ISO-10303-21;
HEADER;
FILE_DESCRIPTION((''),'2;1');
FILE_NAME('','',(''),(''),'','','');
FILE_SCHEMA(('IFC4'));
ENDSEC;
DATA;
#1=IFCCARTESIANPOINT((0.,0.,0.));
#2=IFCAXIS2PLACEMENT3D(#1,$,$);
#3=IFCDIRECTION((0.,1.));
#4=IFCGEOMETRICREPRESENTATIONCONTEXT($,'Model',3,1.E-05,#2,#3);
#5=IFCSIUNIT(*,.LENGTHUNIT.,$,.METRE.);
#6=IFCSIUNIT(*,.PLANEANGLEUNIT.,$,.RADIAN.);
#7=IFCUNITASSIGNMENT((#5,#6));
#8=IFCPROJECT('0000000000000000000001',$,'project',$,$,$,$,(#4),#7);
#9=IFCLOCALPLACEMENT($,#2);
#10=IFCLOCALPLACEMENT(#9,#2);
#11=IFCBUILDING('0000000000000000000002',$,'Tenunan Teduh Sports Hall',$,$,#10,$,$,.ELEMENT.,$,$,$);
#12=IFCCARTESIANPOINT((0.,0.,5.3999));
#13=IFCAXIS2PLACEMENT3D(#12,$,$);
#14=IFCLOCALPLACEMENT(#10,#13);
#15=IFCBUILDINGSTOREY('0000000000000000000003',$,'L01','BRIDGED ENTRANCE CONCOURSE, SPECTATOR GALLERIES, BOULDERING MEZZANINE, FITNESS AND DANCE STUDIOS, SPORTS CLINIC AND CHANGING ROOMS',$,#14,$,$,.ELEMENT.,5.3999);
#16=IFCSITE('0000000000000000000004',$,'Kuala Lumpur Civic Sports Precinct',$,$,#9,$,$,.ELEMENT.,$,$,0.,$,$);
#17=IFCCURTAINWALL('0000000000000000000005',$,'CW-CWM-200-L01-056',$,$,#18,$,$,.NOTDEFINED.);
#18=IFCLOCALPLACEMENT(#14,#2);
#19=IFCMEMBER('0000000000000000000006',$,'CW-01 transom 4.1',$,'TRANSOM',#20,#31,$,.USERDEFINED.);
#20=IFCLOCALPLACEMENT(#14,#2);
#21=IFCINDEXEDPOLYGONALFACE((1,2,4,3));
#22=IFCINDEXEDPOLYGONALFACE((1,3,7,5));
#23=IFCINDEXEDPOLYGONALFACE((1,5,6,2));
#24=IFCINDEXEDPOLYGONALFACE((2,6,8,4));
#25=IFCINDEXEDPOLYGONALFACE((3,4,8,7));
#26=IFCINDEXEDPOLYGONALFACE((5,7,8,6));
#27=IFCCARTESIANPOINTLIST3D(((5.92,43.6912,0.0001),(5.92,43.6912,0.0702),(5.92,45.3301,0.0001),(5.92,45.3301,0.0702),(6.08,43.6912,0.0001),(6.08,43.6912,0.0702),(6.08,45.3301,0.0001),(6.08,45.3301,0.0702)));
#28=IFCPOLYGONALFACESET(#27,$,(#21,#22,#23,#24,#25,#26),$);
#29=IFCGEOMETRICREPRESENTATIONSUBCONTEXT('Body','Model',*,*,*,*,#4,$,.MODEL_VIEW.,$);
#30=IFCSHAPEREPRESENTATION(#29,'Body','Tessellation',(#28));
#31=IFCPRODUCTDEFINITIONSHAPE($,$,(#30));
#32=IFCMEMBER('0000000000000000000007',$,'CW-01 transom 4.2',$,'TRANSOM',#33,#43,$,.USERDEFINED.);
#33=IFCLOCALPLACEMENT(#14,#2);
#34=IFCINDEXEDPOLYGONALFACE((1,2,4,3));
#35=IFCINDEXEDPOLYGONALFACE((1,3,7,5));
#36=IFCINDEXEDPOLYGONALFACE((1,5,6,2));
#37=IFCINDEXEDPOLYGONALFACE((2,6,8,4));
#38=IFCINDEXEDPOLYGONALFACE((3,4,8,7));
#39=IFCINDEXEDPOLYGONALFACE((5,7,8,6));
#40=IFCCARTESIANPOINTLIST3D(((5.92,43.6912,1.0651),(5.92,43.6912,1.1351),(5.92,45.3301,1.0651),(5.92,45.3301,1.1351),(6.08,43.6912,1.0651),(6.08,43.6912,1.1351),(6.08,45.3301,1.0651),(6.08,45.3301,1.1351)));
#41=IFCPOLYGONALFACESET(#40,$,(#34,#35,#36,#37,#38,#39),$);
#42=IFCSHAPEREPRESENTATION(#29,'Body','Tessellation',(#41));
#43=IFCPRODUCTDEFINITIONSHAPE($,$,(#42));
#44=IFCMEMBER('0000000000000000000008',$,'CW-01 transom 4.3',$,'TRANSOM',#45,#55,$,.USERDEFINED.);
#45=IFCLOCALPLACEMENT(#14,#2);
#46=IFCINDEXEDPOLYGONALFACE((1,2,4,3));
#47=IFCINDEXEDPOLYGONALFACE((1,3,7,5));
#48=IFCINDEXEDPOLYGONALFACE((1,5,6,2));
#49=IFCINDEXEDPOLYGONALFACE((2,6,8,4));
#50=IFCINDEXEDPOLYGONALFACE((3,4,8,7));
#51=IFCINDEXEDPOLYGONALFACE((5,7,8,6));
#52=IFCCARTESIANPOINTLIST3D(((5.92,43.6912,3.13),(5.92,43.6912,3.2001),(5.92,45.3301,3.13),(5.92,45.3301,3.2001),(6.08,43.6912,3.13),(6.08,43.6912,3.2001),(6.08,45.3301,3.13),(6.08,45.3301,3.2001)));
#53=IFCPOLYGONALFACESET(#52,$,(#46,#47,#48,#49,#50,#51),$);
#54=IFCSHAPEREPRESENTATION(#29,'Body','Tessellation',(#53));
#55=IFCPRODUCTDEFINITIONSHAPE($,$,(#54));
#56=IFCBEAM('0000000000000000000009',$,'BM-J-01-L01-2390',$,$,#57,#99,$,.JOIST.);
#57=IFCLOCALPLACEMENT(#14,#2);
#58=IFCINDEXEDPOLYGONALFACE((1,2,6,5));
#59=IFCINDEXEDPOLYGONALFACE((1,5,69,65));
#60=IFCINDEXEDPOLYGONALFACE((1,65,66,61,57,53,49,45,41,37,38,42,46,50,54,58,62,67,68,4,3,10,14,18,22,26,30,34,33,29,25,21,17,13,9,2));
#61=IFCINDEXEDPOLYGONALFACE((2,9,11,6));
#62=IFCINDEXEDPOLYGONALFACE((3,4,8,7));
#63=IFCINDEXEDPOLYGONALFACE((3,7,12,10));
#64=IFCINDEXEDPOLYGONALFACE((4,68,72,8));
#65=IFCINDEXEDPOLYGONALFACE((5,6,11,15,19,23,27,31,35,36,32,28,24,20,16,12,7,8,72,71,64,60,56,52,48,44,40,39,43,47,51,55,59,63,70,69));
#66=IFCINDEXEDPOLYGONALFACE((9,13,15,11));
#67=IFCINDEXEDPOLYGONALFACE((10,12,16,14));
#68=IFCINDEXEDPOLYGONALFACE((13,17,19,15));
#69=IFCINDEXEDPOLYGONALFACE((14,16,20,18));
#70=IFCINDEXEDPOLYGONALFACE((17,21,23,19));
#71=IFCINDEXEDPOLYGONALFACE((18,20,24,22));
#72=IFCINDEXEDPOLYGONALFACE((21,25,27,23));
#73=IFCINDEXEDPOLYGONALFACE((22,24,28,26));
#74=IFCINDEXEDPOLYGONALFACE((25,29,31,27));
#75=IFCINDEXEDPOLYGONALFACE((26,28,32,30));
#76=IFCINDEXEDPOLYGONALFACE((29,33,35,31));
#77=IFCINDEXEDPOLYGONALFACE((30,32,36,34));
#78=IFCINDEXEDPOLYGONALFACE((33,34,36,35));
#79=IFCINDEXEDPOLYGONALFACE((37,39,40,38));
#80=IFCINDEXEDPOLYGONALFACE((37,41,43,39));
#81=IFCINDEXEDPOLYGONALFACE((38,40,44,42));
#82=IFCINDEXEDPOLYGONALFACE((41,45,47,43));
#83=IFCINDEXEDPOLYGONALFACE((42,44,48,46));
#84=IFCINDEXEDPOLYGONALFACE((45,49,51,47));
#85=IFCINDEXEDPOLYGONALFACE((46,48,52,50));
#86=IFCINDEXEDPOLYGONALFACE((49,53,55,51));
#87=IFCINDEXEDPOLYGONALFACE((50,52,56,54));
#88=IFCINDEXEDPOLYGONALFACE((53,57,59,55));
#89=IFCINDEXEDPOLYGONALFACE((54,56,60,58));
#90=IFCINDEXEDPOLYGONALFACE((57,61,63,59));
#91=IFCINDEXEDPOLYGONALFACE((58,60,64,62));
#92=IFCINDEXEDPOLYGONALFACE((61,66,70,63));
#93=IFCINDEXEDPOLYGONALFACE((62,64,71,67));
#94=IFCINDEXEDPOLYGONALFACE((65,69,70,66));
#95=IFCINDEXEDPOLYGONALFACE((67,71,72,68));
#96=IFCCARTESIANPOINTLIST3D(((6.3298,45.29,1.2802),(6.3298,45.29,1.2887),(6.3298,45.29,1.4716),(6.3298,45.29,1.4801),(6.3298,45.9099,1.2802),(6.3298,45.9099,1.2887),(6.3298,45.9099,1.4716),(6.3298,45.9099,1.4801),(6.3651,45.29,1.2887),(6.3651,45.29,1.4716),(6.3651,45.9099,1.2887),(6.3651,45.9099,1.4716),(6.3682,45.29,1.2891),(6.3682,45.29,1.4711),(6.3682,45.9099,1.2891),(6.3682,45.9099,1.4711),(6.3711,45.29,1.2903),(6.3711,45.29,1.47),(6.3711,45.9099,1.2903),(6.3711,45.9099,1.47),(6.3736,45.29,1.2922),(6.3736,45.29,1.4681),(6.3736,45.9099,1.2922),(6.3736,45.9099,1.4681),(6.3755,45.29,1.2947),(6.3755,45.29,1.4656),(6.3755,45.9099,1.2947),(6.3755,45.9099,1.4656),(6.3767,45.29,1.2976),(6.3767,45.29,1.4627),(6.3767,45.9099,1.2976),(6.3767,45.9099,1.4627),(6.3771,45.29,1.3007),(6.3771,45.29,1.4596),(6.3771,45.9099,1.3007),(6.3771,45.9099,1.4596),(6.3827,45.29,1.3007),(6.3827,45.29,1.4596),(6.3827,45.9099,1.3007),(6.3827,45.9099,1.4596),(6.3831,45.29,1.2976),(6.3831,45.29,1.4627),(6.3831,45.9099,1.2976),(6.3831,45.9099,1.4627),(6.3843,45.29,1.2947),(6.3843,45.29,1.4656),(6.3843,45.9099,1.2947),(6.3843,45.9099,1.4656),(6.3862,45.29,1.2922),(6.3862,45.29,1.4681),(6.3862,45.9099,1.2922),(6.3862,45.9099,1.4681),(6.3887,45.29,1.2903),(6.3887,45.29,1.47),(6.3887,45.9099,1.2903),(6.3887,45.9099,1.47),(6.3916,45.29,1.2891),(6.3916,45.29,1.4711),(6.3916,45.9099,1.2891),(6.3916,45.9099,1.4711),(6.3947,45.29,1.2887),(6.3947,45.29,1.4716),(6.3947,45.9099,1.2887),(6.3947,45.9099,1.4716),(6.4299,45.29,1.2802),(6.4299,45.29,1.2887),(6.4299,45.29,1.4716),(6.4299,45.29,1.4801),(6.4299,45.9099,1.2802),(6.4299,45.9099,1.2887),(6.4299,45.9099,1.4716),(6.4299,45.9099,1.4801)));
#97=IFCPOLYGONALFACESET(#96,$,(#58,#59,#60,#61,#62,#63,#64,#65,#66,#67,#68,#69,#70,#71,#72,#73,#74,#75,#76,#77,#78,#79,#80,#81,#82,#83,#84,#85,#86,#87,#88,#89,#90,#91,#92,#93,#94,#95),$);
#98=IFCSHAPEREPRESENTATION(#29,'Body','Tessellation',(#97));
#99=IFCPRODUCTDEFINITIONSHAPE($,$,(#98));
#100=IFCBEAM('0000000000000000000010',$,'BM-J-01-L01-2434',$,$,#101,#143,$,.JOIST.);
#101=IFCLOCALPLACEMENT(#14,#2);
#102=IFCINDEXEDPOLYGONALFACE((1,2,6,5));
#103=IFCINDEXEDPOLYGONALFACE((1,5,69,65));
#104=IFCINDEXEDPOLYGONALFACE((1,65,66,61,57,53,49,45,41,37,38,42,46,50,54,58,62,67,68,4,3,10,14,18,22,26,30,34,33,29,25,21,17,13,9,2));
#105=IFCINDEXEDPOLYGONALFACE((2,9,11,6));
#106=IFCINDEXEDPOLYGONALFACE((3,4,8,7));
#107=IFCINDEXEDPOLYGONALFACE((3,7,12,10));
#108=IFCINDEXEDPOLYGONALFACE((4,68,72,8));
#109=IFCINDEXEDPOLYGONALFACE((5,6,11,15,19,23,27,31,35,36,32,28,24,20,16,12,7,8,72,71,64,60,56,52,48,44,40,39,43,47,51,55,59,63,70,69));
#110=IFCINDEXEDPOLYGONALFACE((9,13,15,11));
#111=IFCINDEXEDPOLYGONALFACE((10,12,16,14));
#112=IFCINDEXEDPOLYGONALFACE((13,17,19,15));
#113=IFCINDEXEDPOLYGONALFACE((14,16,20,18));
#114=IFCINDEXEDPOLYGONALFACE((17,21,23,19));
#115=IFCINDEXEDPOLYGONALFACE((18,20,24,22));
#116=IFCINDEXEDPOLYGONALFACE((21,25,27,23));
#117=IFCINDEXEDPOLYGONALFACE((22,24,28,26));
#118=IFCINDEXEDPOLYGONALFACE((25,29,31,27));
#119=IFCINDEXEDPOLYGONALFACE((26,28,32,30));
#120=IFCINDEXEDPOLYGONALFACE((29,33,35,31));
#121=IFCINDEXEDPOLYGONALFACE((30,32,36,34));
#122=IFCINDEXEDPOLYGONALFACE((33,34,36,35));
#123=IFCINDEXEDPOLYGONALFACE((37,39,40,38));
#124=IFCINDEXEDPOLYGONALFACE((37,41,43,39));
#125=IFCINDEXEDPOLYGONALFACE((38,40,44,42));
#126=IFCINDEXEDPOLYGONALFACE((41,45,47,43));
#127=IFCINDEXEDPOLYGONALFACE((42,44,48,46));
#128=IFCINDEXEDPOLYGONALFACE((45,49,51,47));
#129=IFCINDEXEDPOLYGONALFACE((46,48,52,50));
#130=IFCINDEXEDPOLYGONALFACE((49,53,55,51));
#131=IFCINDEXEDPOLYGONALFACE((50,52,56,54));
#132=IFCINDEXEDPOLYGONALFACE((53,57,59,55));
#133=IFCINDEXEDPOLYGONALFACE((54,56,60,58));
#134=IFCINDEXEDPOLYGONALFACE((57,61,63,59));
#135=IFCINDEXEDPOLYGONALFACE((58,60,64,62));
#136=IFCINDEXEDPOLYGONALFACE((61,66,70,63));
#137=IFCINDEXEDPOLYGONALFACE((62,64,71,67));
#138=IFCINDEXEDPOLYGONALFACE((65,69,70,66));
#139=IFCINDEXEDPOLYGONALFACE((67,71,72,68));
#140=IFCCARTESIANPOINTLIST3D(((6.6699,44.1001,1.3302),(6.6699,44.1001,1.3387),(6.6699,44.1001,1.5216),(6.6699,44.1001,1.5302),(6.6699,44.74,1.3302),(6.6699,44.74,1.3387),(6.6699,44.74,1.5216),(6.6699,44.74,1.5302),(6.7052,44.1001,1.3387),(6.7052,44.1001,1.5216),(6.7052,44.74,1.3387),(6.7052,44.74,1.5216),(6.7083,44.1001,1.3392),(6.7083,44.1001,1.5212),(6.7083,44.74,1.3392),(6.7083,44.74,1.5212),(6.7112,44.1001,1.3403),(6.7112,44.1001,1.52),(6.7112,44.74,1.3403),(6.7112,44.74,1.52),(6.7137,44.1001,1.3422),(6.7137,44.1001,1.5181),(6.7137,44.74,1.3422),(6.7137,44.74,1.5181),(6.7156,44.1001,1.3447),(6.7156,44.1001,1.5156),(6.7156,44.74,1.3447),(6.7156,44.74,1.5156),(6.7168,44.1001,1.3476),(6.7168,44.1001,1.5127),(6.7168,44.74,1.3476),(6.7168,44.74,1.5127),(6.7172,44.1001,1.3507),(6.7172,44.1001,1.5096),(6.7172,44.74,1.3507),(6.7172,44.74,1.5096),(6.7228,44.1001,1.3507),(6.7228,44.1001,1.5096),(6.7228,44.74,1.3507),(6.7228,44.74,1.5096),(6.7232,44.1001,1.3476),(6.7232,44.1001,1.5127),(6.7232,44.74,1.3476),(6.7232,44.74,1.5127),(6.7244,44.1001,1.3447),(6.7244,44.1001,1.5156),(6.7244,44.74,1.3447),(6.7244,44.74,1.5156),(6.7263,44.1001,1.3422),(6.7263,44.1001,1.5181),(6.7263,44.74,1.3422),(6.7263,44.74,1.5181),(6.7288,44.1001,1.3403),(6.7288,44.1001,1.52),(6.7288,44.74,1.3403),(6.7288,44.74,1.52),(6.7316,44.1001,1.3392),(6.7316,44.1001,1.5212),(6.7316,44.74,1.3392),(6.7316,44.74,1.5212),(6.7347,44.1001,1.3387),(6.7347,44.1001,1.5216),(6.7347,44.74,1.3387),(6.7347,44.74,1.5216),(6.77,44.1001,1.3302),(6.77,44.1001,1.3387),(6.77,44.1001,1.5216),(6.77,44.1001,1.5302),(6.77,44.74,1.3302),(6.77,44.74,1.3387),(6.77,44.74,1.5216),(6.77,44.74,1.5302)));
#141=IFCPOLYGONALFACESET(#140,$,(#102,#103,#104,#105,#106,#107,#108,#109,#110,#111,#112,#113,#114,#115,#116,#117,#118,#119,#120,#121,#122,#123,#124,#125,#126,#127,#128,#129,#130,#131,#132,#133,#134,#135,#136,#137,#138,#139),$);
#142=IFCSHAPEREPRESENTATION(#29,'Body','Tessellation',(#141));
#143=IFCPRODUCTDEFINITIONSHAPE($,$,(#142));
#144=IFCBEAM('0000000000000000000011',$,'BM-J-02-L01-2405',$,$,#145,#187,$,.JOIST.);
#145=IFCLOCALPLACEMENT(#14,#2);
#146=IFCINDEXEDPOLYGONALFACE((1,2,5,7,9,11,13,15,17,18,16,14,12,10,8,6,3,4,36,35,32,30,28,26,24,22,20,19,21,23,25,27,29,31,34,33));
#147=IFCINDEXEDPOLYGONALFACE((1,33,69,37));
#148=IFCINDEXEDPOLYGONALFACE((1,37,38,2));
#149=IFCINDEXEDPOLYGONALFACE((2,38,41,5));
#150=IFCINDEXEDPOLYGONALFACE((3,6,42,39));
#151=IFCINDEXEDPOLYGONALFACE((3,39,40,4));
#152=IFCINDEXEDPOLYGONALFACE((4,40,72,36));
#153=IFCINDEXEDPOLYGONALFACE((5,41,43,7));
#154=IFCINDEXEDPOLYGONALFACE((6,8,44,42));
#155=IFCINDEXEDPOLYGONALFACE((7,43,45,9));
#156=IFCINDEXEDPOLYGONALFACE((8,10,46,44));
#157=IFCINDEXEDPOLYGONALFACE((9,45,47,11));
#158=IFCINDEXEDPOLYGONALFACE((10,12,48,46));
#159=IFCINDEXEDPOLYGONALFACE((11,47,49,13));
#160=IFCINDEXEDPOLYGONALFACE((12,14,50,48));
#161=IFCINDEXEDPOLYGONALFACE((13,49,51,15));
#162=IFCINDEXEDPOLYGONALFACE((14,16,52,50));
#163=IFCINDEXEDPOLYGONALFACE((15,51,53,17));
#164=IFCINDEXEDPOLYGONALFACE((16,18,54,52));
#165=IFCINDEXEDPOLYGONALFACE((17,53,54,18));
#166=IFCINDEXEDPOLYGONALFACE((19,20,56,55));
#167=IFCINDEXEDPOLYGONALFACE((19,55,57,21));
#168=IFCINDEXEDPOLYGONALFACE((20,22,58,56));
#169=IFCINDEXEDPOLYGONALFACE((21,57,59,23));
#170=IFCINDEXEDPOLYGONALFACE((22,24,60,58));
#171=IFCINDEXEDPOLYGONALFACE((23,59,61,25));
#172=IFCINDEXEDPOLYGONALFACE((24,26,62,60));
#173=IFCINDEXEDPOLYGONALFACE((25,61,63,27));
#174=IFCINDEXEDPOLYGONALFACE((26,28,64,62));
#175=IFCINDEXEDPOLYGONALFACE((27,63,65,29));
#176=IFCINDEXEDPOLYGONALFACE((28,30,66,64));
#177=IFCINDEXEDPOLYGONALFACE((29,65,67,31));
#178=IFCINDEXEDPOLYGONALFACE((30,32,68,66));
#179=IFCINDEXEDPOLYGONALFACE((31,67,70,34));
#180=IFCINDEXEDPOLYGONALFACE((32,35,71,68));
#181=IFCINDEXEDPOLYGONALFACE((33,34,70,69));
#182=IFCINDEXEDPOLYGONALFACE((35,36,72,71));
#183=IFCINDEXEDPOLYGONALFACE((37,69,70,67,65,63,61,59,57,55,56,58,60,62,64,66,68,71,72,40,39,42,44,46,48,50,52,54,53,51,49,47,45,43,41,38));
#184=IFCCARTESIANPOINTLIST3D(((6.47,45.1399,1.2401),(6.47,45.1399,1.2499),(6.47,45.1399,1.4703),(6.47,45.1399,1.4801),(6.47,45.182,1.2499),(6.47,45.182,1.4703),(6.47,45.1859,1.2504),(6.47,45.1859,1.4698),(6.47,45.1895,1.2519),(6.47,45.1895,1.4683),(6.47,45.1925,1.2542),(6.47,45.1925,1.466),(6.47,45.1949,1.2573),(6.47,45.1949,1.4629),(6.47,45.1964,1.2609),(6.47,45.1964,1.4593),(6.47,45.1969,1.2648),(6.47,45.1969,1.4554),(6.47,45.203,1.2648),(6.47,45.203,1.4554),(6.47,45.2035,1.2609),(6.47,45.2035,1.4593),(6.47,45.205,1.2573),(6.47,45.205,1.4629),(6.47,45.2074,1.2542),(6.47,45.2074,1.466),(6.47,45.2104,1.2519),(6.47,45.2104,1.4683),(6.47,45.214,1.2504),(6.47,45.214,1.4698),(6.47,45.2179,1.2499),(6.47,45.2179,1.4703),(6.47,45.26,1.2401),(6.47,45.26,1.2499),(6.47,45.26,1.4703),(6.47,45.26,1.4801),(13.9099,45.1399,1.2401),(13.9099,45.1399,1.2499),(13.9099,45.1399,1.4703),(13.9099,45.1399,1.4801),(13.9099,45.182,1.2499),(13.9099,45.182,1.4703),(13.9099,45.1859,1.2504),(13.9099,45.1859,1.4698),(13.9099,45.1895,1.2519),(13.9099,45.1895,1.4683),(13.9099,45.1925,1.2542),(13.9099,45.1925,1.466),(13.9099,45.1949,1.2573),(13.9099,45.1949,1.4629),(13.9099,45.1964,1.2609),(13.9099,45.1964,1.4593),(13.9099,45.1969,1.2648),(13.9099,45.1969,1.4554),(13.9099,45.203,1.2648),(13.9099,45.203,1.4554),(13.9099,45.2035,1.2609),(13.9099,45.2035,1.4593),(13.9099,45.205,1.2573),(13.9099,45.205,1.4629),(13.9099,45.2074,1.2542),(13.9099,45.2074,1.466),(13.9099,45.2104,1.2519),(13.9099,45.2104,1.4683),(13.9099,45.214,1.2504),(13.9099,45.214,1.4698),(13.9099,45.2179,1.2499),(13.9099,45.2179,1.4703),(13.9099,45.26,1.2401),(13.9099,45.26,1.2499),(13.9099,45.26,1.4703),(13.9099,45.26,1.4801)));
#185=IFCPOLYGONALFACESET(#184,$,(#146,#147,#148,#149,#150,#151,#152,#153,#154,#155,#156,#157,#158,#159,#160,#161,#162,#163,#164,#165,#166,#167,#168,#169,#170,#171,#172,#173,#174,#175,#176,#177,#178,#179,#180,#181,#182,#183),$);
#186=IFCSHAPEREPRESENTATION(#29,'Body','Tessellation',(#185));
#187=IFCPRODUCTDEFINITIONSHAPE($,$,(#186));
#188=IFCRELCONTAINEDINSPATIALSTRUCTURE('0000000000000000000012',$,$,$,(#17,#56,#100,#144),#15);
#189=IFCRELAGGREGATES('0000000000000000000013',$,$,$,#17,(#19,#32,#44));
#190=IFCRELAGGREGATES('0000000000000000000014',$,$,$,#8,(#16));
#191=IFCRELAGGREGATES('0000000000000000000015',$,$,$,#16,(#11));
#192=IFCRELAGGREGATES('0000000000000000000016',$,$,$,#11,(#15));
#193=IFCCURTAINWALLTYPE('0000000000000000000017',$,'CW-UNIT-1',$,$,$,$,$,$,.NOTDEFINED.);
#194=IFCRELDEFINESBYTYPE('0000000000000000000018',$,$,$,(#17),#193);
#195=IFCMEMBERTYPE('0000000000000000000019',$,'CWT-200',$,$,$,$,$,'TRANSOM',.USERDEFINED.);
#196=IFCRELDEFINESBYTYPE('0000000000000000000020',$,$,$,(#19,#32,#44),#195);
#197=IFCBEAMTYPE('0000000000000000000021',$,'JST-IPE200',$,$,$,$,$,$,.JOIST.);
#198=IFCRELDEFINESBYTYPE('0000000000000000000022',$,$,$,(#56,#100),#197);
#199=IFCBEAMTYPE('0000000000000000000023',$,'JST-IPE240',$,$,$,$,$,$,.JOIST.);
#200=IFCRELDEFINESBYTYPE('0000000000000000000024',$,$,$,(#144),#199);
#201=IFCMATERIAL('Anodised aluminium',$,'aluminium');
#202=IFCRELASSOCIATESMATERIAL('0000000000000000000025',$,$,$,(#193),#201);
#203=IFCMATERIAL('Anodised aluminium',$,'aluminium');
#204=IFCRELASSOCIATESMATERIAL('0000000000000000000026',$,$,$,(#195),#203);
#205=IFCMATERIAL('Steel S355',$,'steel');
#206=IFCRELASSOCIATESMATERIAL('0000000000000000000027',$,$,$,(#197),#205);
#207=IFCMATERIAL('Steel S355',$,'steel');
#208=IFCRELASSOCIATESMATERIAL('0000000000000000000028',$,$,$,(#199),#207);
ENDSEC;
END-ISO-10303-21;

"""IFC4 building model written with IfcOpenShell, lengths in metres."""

from ifc_helpers import new_model, si_unit, direction, frame, origin, origin_2d, place, context, subcontext, project, spatial, rectangle, i_section, extrude, material, material_profile, profile_set, type_object, element, aggregate, save


model = new_model("IFC4")

# Units and contexts
model_context = context("Model", 3, precision=1e-05, world=origin(), true_north=direction((0.0, 1.0)))
body_context = subcontext(model_context, "Body", "Model", "MODEL_VIEW")
ifc_project = project(units=[si_unit("LENGTHUNIT", "METRE"), si_unit("PLANEANGLEUNIT", "RADIAN")], contexts=[model_context])

# Site, building, storey
site_placement = place(None, origin())
site = spatial("IfcSite", under=ifc_project, at=site_placement, Name="Kuala Lumpur Civic Sports Precinct", CompositionType="ELEMENT", RefElevation=0.0)
building_placement = place(site_placement, origin())
building = spatial("IfcBuilding", under=site, at=building_placement, Name="Tenunan Teduh Sports Hall", CompositionType="ELEMENT")
storey_placement = place(building_placement, frame((0.0, 0.0, 5.3999)))
storey = spatial("IfcBuildingStorey", under=building, at=storey_placement, Name="L01", Description="BRIDGED ENTRANCE CONCOURSE, SPECTATOR GALLERIES, BOULDERING MEZZANINE, FITNESS AND DANCE STUDIOS, SPORTS CLINIC AND CHANGING ROOMS", CompositionType="ELEMENT", Elevation=5.3999)

# Curtain wall
ifc_material_1 = material(Name="Anodised aluminium", Category="aluminium")
curtain_wall_type = type_object("IfcCurtainWallType", Name="CW-UNIT-1", PredefinedType="NOTDEFINED", material=ifc_material_1)
curtain_wall_1_placement = place(storey_placement, origin())
curtain_wall_1 = element("IfcCurtainWall", 1, at=curtain_wall_1_placement, inside=storey, type_object=curtain_wall_type, Name="CW-CWM-200-L01-056", PredefinedType="NOTDEFINED")

# Members
ifc_material_2 = material(Name="Anodised aluminium", Category="aluminium")
ifc_material_profile_1 = material_profile(ifc_material_2, rectangle(XDim=0.0701, YDim=0.1599, at=origin_2d()), Name="CWT 70x160")
ifc_profile_set_1 = profile_set([ifc_material_profile_1], Name="Anodised aluminium")
member_type_1 = type_object("IfcMemberType", Name="CWT-200", ElementType="TRANSOM", PredefinedType="USERDEFINED", material=ifc_profile_set_1)
member_1_placement = place(storey_placement, frame((6.0, 43.6912, 0.0352), z_axis=(0.0, 1.0, 0.0), x_axis=(0.0, 0.0, 1.0)))
member_1 = element("IfcMember", 2, at=member_1_placement, type_object=member_type_1, Name="CW-01 transom 4.1", ObjectType="TRANSOM", PredefinedType="USERDEFINED", context=body_context, shape_type="SweptSolid", body=[
    extrude(rectangle(XDim=0.0701, YDim=0.1599, at=origin_2d()), origin(), (0.0, 0.0, 1.0), 1.6389),
])
member_2_placement = place(storey_placement, frame((6.0, 43.6912, 1.1001), z_axis=(0.0, 1.0, 0.0), x_axis=(0.0, 0.0, 1.0)))
member_2 = element("IfcMember", 3, at=member_2_placement, type_object=member_type_1, Name="CW-01 transom 4.2", ObjectType="TRANSOM", PredefinedType="USERDEFINED", context=body_context, shape_type="SweptSolid", body=[
    extrude(rectangle(XDim=0.0701, YDim=0.1599, at=origin_2d()), origin(), (0.0, 0.0, 1.0), 1.6389),
])
member_3_placement = place(storey_placement, frame((6.0, 43.6912, 3.165), z_axis=(0.0, 1.0, 0.0), x_axis=(0.0, 0.0, 1.0)))
member_3 = element("IfcMember", 4, at=member_3_placement, type_object=member_type_1, Name="CW-01 transom 4.3", ObjectType="TRANSOM", PredefinedType="USERDEFINED", context=body_context, shape_type="SweptSolid", body=[
    extrude(rectangle(XDim=0.0701, YDim=0.1599, at=origin_2d()), origin(), (0.0, 0.0, 1.0), 1.6389),
])

# Beams
ifc_material_3 = material(Name="Steel S355", Category="steel")
ifc_material_profile_2 = material_profile(ifc_material_3, i_section(OverallWidth=0.1001, OverallDepth=0.2, WebThickness=0.0056, FlangeThickness=0.0085, FilletRadius=0.012, at=origin_2d()), Name="IPE 200")
ifc_profile_set_2 = profile_set([ifc_material_profile_2], Name="Steel S355")
beam_type_1 = type_object("IfcBeamType", Name="JST-IPE200", PredefinedType="JOIST", material=ifc_profile_set_2)
beam_1_placement = place(storey_placement, frame((6.3799, 45.29, 1.3801), z_axis=(0.0, 1.0, 0.0), x_axis=(-1.0, 0.0, 0.0)))
element("IfcBeam", 5, at=beam_1_placement, inside=storey, type_object=beam_type_1, Name="BM-J-01-L01-2390", PredefinedType="JOIST", context=body_context, shape_type="SweptSolid", body=[
    extrude(i_section(OverallWidth=0.1001, OverallDepth=0.2, WebThickness=0.0056, FlangeThickness=0.0085, FilletRadius=0.012, at=origin_2d()), origin(), (0.0, 0.0, 1.0), 0.6199),
])
beam_2_placement = place(storey_placement, frame((6.72, 44.1001, 1.4302), z_axis=(0.0, 1.0, 0.0), x_axis=(-1.0, 0.0, 0.0)))
element("IfcBeam", 6, at=beam_2_placement, inside=storey, type_object=beam_type_1, Name="BM-J-01-L01-2434", PredefinedType="JOIST", context=body_context, shape_type="SweptSolid", body=[
    extrude(i_section(OverallWidth=0.1001, OverallDepth=0.2, WebThickness=0.0056, FlangeThickness=0.0085, FilletRadius=0.012, at=origin_2d()), origin(), (0.0, 0.0, 1.0), 0.6399),
])
ifc_material_4 = material(Name="Steel S355", Category="steel")
ifc_material_profile_3 = material_profile(ifc_material_4, i_section(OverallWidth=0.1201, OverallDepth=0.24, WebThickness=0.0061, FlangeThickness=0.0098, FilletRadius=0.0149, at=origin_2d()), Name="IPE 240")
ifc_profile_set_3 = profile_set([ifc_material_profile_3], Name="Steel S355")
beam_type_2 = type_object("IfcBeamType", Name="JST-IPE240", PredefinedType="JOIST", material=ifc_profile_set_3)
for number, where, z_axis, x_axis, name in (
    (7, (6.47, 45.2, 1.3601), (1.0, 0.0, 0.0), (0.0, 1.0, 0.0), "BM-J-02-L01-2405"),
):
    element("IfcBeam", number, at=place(storey_placement, frame(where, z_axis=z_axis, x_axis=x_axis)), inside=storey, type_object=beam_type_2, Name=name, PredefinedType="JOIST", context=body_context, shape_type="SweptSolid", body=[
        extrude(i_section(OverallWidth=0.1201, OverallDepth=0.24, WebThickness=0.0061, FlangeThickness=0.0098, FilletRadius=0.0149, at=origin_2d()), origin(), (0.0, 0.0, 1.0), 7.4399),
    ])

aggregate(curtain_wall_1, [member_1, member_2, member_3])

save(model, "model.ifc")
